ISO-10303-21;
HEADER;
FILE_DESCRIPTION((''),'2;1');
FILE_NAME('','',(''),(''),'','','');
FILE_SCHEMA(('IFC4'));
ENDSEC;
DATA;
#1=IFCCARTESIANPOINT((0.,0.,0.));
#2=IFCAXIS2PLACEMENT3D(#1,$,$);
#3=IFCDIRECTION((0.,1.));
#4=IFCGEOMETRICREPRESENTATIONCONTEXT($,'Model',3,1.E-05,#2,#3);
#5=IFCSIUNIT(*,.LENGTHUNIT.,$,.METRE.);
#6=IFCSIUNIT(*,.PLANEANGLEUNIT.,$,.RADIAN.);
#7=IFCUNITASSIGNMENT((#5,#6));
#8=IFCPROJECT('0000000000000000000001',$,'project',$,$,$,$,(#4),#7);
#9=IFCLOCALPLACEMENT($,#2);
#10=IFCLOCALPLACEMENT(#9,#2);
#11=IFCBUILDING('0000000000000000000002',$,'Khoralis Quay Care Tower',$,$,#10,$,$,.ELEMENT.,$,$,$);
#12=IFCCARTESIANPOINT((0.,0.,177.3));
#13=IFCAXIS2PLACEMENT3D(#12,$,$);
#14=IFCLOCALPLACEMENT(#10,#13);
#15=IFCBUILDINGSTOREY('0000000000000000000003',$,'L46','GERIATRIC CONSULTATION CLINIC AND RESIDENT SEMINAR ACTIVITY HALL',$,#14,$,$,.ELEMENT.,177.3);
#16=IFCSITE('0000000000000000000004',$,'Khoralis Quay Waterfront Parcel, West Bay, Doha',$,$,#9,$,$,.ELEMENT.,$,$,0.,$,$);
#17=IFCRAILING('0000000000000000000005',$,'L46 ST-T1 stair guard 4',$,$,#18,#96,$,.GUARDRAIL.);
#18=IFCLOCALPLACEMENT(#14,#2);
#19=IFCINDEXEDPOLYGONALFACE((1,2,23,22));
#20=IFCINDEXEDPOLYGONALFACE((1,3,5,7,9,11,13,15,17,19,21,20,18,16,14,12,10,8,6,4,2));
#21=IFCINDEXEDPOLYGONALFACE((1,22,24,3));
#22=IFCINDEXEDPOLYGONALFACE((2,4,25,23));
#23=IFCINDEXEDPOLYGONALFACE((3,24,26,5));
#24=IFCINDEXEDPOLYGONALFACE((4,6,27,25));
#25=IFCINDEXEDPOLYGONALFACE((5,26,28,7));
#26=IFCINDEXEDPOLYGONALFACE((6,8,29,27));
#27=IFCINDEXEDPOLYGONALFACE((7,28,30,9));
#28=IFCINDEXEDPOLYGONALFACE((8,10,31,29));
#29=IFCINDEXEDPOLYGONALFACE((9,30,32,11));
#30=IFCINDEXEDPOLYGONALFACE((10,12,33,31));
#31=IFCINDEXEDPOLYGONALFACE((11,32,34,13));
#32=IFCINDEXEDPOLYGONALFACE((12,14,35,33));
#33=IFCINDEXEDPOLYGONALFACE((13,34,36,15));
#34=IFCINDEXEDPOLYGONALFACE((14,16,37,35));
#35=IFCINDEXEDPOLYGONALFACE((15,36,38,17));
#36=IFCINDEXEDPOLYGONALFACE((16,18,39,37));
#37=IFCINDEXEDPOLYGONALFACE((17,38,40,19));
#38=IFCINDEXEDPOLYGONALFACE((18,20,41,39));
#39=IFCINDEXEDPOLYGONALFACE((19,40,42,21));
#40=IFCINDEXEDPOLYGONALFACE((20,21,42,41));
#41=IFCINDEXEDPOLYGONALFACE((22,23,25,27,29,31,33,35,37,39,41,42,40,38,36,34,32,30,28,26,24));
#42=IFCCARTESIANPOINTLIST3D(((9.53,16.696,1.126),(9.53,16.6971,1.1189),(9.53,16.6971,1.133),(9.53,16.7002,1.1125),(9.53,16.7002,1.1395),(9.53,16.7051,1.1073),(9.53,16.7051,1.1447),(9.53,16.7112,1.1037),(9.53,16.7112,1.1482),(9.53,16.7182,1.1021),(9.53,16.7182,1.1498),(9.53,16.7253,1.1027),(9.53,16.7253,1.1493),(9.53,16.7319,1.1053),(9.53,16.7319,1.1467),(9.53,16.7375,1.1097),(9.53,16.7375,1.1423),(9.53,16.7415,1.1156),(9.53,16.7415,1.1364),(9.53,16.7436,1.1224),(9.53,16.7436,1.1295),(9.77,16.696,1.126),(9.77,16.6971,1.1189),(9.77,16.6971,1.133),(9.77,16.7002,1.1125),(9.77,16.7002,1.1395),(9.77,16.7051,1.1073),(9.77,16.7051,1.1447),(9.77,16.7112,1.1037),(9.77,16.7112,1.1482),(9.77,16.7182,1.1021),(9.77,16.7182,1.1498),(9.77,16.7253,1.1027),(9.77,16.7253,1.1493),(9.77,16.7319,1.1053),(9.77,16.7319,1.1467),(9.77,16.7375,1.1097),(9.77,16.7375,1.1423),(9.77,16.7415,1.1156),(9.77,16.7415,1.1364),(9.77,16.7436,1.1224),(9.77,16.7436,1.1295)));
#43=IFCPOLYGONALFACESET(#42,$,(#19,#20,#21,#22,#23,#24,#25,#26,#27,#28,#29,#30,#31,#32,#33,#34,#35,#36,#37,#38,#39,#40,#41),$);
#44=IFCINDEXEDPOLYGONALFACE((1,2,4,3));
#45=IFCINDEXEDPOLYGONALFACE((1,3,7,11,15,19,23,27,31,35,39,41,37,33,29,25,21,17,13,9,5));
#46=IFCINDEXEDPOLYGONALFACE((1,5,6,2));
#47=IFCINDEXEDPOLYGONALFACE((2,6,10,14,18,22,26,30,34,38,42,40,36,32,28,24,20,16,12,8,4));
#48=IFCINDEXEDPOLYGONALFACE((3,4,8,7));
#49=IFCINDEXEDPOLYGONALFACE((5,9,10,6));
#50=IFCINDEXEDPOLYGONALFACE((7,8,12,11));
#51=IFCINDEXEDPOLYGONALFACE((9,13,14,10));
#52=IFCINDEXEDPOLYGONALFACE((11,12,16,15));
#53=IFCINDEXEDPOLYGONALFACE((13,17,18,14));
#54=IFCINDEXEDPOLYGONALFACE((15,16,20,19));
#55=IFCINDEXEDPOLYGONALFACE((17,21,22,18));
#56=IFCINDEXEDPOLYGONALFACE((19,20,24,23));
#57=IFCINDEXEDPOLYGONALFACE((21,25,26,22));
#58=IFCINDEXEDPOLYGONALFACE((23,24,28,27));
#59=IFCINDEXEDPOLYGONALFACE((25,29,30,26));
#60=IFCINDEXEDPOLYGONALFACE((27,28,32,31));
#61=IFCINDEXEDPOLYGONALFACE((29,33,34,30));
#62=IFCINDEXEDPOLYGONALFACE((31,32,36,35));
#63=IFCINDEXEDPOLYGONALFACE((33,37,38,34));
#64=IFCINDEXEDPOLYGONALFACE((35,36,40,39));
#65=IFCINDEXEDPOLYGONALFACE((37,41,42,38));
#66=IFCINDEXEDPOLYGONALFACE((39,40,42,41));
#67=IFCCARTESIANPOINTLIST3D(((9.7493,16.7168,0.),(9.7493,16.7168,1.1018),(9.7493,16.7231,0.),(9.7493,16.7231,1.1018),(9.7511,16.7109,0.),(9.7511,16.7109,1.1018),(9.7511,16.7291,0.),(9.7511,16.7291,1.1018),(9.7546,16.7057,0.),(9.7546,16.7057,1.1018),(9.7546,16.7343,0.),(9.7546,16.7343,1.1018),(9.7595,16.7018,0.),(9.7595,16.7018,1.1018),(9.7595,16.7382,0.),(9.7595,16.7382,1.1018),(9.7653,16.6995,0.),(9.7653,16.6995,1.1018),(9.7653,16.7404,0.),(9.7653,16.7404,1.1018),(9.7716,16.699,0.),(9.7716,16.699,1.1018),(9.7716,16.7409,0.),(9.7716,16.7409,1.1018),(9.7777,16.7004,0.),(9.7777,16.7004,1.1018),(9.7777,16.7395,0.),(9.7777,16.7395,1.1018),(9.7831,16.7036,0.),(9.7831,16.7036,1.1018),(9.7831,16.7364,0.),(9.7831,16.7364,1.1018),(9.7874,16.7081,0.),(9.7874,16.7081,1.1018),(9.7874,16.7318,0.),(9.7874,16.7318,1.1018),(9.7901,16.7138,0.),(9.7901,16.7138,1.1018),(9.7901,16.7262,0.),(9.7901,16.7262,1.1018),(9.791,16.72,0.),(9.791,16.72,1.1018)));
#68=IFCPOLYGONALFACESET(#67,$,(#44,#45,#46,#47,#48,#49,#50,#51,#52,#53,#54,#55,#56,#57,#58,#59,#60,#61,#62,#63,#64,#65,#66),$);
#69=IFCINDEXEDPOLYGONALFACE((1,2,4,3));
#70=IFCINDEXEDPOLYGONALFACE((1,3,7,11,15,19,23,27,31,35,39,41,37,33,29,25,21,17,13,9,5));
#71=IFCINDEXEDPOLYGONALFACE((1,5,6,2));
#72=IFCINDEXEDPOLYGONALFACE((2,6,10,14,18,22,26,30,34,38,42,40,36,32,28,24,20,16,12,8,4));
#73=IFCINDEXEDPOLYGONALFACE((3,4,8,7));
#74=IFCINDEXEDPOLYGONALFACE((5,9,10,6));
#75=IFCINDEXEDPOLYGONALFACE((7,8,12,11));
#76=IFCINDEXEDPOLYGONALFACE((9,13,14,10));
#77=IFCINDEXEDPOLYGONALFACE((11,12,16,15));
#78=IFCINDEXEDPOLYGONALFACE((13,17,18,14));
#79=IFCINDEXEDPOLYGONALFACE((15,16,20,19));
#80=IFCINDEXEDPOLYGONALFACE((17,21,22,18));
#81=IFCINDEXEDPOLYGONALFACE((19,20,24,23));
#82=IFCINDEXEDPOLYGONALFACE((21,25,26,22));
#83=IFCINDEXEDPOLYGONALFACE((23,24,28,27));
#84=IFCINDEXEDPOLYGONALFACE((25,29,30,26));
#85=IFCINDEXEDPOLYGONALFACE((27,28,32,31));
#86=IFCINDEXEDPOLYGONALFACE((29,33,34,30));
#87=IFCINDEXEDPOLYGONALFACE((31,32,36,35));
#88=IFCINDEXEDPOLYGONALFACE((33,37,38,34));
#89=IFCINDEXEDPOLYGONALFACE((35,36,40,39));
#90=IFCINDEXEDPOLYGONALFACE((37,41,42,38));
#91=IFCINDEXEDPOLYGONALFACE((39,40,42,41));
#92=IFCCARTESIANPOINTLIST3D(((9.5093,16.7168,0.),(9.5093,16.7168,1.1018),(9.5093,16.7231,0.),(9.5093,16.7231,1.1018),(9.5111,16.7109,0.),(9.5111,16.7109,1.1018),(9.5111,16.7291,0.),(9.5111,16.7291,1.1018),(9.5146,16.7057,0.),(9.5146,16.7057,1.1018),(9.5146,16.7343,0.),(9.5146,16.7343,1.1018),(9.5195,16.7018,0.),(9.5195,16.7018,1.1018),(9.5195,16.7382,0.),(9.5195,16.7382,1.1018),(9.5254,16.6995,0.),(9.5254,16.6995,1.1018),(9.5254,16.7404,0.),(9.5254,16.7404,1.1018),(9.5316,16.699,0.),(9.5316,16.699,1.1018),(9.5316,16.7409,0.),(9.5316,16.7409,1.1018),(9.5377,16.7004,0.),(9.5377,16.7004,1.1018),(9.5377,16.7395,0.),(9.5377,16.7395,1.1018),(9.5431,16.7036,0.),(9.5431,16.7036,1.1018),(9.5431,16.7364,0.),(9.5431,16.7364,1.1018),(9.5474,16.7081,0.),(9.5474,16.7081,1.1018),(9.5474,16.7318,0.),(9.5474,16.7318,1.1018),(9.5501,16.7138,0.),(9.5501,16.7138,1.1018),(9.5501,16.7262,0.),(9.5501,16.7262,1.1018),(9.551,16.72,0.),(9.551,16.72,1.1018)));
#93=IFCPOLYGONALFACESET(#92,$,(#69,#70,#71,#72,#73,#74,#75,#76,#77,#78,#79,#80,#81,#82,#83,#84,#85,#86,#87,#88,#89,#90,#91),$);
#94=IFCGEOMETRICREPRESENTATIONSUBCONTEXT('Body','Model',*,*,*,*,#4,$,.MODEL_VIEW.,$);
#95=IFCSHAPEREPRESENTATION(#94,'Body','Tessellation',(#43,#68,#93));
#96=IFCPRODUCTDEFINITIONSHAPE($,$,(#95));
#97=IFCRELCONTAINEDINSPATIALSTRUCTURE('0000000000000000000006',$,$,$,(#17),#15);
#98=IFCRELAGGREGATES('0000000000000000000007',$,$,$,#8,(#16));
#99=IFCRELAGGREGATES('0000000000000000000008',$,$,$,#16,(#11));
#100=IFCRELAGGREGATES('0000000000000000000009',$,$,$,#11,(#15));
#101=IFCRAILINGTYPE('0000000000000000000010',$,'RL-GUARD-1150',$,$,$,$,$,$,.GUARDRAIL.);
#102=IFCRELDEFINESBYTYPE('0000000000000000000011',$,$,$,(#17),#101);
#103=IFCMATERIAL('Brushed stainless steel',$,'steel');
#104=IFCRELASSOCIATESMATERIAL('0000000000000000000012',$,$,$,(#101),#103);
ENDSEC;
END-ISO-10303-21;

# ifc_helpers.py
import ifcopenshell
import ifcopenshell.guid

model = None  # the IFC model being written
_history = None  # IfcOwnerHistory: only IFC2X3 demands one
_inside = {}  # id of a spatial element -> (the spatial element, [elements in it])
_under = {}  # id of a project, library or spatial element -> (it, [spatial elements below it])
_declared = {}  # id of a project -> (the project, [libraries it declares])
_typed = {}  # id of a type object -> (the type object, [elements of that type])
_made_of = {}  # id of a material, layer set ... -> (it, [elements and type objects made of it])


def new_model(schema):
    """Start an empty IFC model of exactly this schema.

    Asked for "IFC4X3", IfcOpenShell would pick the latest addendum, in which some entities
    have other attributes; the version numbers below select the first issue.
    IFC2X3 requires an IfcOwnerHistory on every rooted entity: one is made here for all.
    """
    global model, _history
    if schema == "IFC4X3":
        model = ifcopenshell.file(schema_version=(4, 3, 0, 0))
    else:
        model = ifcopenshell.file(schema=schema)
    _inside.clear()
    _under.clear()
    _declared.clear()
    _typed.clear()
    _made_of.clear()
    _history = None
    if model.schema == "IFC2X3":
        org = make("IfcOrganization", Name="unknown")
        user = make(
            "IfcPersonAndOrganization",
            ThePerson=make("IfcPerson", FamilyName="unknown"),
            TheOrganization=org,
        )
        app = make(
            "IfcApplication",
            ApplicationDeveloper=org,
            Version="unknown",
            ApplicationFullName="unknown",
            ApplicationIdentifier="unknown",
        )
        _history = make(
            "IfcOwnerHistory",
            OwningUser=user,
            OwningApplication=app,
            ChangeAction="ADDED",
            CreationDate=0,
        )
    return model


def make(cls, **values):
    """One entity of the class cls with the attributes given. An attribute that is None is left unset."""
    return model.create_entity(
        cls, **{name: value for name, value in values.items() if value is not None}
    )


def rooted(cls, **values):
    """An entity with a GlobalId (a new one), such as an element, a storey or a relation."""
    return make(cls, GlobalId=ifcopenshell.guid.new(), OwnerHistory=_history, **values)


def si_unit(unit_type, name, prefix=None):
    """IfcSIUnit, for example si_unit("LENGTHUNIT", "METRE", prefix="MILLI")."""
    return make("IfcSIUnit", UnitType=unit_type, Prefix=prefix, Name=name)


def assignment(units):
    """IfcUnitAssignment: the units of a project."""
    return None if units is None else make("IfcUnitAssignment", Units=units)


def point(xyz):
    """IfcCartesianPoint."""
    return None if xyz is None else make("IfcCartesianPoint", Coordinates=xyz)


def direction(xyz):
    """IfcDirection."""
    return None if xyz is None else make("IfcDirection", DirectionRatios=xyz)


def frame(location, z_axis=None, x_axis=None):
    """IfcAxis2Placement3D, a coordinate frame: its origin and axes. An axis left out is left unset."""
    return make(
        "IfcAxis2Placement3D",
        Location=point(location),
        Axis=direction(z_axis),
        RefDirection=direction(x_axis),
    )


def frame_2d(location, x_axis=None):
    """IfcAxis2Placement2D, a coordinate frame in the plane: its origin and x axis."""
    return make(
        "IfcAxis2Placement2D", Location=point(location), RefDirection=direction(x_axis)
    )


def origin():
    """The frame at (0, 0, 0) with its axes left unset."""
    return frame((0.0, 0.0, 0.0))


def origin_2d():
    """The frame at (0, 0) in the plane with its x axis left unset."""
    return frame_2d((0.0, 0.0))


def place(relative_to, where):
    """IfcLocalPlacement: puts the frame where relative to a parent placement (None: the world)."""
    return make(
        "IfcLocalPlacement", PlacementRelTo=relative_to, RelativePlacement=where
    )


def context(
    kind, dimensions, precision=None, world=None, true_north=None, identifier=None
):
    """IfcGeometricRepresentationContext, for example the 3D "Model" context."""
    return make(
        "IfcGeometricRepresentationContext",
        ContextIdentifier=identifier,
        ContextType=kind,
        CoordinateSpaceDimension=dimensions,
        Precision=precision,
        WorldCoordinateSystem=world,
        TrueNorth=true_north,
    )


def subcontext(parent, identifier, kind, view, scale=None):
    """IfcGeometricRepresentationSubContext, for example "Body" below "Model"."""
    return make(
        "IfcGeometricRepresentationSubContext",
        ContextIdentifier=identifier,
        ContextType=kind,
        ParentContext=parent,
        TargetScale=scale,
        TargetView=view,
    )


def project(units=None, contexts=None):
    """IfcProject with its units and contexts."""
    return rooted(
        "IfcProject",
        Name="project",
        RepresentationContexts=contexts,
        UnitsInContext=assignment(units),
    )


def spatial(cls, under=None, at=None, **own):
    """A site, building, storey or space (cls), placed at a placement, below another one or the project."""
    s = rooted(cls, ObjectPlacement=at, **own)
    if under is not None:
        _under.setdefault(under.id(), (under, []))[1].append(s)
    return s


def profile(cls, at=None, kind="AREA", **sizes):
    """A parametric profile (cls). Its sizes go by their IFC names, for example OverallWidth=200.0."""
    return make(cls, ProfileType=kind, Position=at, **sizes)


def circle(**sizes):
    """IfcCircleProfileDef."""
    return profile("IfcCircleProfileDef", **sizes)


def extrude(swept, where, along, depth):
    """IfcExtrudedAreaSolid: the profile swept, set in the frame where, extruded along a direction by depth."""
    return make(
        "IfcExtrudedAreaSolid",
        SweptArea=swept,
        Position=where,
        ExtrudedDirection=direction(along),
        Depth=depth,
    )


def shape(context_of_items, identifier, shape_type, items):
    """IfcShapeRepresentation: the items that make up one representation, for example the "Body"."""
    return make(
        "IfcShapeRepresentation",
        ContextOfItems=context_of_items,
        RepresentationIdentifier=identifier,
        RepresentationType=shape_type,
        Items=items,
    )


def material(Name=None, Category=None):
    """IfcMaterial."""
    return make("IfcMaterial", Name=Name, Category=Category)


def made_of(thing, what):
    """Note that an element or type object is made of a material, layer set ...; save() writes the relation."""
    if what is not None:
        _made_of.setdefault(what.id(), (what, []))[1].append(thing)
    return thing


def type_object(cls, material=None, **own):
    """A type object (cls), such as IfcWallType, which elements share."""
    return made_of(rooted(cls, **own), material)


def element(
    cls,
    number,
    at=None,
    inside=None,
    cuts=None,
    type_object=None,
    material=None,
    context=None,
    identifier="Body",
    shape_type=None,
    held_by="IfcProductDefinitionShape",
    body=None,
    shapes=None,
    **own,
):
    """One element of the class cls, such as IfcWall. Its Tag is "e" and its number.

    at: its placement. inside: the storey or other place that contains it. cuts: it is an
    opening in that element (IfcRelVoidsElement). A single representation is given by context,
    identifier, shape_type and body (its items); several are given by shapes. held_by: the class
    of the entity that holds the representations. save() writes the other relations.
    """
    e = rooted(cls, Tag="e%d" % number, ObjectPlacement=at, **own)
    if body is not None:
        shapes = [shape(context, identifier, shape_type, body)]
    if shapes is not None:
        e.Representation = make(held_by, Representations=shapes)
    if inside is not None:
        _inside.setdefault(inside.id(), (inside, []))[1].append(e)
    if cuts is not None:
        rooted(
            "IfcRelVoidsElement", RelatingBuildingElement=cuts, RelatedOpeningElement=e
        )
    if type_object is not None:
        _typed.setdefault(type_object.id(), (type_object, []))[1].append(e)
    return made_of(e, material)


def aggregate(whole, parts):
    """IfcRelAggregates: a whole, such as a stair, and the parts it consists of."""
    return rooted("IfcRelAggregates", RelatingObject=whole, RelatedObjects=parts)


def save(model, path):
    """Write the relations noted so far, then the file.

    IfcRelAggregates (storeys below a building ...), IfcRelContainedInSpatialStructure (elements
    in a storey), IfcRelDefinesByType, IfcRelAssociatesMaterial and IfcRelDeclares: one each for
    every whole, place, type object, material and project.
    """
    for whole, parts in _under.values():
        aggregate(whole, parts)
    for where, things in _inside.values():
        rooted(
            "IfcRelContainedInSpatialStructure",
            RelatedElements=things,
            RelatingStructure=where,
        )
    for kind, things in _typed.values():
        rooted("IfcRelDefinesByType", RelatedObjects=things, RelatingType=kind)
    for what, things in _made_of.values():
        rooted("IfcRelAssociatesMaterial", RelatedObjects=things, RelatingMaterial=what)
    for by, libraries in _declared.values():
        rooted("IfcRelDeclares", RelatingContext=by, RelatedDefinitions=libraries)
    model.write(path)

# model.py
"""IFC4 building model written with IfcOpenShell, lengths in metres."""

from ifc_helpers import new_model, si_unit, direction, frame, origin, origin_2d, place, context, subcontext, project, spatial, circle, extrude, material, type_object, element, save


model = new_model("IFC4")

# Units and contexts
model_context = context("Model", 3, precision=1e-05, world=origin(), true_north=direction((0.0, 1.0)))
body_context = subcontext(model_context, "Body", "Model", "MODEL_VIEW")
ifc_project = project(units=[si_unit("LENGTHUNIT", "METRE"), si_unit("PLANEANGLEUNIT", "RADIAN")], contexts=[model_context])

# Site, building, storey
site_placement = place(None, origin())
site = spatial("IfcSite", under=ifc_project, at=site_placement, Name="Khoralis Quay Waterfront Parcel, West Bay, Doha", CompositionType="ELEMENT", RefElevation=0.0)
building_placement = place(site_placement, origin())
building = spatial("IfcBuilding", under=site, at=building_placement, Name="Khoralis Quay Care Tower", CompositionType="ELEMENT")
storey_placement = place(building_placement, frame((0.0, 0.0, 177.3)))
storey = spatial("IfcBuildingStorey", under=building, at=storey_placement, Name="L46", Description="GERIATRIC CONSULTATION CLINIC AND RESIDENT SEMINAR ACTIVITY HALL", CompositionType="ELEMENT", Elevation=177.3)

# Shared definitions
ifc_material_1 = material(Name="Brushed stainless steel", Category="steel")

# Railing
railing_type_1 = type_object("IfcRailingType", Name="RL-GUARD-1150", PredefinedType="GUARDRAIL", material=ifc_material_1)
railing_1_placement = place(storey_placement, frame((9.77, 16.72, 0.0)))
element("IfcRailing", 1, at=railing_1_placement, inside=storey, type_object=railing_type_1, Name="L46 ST-T1 stair guard 4", PredefinedType="GUARDRAIL", context=body_context, shape_type="SweptSolid", body=[
    extrude(circle(Radius=0.0239, at=origin_2d()), frame((0.0, 0.0, 1.126), z_axis=(-1.0, 0.0, 0.0), x_axis=(0.0, -1.0, 0.0)), (0.0, 0.0, 1.0), 0.24),
    extrude(circle(Radius=0.021, at=origin_2d()), origin(), (0.0, 0.0, 1.0), 1.1018),
    extrude(circle(Radius=0.021, at=origin_2d()), frame((-0.24, 0.0, 0.0)), (0.0, 0.0, 1.0), 1.1018),
])

save(model, "model.ifc")
